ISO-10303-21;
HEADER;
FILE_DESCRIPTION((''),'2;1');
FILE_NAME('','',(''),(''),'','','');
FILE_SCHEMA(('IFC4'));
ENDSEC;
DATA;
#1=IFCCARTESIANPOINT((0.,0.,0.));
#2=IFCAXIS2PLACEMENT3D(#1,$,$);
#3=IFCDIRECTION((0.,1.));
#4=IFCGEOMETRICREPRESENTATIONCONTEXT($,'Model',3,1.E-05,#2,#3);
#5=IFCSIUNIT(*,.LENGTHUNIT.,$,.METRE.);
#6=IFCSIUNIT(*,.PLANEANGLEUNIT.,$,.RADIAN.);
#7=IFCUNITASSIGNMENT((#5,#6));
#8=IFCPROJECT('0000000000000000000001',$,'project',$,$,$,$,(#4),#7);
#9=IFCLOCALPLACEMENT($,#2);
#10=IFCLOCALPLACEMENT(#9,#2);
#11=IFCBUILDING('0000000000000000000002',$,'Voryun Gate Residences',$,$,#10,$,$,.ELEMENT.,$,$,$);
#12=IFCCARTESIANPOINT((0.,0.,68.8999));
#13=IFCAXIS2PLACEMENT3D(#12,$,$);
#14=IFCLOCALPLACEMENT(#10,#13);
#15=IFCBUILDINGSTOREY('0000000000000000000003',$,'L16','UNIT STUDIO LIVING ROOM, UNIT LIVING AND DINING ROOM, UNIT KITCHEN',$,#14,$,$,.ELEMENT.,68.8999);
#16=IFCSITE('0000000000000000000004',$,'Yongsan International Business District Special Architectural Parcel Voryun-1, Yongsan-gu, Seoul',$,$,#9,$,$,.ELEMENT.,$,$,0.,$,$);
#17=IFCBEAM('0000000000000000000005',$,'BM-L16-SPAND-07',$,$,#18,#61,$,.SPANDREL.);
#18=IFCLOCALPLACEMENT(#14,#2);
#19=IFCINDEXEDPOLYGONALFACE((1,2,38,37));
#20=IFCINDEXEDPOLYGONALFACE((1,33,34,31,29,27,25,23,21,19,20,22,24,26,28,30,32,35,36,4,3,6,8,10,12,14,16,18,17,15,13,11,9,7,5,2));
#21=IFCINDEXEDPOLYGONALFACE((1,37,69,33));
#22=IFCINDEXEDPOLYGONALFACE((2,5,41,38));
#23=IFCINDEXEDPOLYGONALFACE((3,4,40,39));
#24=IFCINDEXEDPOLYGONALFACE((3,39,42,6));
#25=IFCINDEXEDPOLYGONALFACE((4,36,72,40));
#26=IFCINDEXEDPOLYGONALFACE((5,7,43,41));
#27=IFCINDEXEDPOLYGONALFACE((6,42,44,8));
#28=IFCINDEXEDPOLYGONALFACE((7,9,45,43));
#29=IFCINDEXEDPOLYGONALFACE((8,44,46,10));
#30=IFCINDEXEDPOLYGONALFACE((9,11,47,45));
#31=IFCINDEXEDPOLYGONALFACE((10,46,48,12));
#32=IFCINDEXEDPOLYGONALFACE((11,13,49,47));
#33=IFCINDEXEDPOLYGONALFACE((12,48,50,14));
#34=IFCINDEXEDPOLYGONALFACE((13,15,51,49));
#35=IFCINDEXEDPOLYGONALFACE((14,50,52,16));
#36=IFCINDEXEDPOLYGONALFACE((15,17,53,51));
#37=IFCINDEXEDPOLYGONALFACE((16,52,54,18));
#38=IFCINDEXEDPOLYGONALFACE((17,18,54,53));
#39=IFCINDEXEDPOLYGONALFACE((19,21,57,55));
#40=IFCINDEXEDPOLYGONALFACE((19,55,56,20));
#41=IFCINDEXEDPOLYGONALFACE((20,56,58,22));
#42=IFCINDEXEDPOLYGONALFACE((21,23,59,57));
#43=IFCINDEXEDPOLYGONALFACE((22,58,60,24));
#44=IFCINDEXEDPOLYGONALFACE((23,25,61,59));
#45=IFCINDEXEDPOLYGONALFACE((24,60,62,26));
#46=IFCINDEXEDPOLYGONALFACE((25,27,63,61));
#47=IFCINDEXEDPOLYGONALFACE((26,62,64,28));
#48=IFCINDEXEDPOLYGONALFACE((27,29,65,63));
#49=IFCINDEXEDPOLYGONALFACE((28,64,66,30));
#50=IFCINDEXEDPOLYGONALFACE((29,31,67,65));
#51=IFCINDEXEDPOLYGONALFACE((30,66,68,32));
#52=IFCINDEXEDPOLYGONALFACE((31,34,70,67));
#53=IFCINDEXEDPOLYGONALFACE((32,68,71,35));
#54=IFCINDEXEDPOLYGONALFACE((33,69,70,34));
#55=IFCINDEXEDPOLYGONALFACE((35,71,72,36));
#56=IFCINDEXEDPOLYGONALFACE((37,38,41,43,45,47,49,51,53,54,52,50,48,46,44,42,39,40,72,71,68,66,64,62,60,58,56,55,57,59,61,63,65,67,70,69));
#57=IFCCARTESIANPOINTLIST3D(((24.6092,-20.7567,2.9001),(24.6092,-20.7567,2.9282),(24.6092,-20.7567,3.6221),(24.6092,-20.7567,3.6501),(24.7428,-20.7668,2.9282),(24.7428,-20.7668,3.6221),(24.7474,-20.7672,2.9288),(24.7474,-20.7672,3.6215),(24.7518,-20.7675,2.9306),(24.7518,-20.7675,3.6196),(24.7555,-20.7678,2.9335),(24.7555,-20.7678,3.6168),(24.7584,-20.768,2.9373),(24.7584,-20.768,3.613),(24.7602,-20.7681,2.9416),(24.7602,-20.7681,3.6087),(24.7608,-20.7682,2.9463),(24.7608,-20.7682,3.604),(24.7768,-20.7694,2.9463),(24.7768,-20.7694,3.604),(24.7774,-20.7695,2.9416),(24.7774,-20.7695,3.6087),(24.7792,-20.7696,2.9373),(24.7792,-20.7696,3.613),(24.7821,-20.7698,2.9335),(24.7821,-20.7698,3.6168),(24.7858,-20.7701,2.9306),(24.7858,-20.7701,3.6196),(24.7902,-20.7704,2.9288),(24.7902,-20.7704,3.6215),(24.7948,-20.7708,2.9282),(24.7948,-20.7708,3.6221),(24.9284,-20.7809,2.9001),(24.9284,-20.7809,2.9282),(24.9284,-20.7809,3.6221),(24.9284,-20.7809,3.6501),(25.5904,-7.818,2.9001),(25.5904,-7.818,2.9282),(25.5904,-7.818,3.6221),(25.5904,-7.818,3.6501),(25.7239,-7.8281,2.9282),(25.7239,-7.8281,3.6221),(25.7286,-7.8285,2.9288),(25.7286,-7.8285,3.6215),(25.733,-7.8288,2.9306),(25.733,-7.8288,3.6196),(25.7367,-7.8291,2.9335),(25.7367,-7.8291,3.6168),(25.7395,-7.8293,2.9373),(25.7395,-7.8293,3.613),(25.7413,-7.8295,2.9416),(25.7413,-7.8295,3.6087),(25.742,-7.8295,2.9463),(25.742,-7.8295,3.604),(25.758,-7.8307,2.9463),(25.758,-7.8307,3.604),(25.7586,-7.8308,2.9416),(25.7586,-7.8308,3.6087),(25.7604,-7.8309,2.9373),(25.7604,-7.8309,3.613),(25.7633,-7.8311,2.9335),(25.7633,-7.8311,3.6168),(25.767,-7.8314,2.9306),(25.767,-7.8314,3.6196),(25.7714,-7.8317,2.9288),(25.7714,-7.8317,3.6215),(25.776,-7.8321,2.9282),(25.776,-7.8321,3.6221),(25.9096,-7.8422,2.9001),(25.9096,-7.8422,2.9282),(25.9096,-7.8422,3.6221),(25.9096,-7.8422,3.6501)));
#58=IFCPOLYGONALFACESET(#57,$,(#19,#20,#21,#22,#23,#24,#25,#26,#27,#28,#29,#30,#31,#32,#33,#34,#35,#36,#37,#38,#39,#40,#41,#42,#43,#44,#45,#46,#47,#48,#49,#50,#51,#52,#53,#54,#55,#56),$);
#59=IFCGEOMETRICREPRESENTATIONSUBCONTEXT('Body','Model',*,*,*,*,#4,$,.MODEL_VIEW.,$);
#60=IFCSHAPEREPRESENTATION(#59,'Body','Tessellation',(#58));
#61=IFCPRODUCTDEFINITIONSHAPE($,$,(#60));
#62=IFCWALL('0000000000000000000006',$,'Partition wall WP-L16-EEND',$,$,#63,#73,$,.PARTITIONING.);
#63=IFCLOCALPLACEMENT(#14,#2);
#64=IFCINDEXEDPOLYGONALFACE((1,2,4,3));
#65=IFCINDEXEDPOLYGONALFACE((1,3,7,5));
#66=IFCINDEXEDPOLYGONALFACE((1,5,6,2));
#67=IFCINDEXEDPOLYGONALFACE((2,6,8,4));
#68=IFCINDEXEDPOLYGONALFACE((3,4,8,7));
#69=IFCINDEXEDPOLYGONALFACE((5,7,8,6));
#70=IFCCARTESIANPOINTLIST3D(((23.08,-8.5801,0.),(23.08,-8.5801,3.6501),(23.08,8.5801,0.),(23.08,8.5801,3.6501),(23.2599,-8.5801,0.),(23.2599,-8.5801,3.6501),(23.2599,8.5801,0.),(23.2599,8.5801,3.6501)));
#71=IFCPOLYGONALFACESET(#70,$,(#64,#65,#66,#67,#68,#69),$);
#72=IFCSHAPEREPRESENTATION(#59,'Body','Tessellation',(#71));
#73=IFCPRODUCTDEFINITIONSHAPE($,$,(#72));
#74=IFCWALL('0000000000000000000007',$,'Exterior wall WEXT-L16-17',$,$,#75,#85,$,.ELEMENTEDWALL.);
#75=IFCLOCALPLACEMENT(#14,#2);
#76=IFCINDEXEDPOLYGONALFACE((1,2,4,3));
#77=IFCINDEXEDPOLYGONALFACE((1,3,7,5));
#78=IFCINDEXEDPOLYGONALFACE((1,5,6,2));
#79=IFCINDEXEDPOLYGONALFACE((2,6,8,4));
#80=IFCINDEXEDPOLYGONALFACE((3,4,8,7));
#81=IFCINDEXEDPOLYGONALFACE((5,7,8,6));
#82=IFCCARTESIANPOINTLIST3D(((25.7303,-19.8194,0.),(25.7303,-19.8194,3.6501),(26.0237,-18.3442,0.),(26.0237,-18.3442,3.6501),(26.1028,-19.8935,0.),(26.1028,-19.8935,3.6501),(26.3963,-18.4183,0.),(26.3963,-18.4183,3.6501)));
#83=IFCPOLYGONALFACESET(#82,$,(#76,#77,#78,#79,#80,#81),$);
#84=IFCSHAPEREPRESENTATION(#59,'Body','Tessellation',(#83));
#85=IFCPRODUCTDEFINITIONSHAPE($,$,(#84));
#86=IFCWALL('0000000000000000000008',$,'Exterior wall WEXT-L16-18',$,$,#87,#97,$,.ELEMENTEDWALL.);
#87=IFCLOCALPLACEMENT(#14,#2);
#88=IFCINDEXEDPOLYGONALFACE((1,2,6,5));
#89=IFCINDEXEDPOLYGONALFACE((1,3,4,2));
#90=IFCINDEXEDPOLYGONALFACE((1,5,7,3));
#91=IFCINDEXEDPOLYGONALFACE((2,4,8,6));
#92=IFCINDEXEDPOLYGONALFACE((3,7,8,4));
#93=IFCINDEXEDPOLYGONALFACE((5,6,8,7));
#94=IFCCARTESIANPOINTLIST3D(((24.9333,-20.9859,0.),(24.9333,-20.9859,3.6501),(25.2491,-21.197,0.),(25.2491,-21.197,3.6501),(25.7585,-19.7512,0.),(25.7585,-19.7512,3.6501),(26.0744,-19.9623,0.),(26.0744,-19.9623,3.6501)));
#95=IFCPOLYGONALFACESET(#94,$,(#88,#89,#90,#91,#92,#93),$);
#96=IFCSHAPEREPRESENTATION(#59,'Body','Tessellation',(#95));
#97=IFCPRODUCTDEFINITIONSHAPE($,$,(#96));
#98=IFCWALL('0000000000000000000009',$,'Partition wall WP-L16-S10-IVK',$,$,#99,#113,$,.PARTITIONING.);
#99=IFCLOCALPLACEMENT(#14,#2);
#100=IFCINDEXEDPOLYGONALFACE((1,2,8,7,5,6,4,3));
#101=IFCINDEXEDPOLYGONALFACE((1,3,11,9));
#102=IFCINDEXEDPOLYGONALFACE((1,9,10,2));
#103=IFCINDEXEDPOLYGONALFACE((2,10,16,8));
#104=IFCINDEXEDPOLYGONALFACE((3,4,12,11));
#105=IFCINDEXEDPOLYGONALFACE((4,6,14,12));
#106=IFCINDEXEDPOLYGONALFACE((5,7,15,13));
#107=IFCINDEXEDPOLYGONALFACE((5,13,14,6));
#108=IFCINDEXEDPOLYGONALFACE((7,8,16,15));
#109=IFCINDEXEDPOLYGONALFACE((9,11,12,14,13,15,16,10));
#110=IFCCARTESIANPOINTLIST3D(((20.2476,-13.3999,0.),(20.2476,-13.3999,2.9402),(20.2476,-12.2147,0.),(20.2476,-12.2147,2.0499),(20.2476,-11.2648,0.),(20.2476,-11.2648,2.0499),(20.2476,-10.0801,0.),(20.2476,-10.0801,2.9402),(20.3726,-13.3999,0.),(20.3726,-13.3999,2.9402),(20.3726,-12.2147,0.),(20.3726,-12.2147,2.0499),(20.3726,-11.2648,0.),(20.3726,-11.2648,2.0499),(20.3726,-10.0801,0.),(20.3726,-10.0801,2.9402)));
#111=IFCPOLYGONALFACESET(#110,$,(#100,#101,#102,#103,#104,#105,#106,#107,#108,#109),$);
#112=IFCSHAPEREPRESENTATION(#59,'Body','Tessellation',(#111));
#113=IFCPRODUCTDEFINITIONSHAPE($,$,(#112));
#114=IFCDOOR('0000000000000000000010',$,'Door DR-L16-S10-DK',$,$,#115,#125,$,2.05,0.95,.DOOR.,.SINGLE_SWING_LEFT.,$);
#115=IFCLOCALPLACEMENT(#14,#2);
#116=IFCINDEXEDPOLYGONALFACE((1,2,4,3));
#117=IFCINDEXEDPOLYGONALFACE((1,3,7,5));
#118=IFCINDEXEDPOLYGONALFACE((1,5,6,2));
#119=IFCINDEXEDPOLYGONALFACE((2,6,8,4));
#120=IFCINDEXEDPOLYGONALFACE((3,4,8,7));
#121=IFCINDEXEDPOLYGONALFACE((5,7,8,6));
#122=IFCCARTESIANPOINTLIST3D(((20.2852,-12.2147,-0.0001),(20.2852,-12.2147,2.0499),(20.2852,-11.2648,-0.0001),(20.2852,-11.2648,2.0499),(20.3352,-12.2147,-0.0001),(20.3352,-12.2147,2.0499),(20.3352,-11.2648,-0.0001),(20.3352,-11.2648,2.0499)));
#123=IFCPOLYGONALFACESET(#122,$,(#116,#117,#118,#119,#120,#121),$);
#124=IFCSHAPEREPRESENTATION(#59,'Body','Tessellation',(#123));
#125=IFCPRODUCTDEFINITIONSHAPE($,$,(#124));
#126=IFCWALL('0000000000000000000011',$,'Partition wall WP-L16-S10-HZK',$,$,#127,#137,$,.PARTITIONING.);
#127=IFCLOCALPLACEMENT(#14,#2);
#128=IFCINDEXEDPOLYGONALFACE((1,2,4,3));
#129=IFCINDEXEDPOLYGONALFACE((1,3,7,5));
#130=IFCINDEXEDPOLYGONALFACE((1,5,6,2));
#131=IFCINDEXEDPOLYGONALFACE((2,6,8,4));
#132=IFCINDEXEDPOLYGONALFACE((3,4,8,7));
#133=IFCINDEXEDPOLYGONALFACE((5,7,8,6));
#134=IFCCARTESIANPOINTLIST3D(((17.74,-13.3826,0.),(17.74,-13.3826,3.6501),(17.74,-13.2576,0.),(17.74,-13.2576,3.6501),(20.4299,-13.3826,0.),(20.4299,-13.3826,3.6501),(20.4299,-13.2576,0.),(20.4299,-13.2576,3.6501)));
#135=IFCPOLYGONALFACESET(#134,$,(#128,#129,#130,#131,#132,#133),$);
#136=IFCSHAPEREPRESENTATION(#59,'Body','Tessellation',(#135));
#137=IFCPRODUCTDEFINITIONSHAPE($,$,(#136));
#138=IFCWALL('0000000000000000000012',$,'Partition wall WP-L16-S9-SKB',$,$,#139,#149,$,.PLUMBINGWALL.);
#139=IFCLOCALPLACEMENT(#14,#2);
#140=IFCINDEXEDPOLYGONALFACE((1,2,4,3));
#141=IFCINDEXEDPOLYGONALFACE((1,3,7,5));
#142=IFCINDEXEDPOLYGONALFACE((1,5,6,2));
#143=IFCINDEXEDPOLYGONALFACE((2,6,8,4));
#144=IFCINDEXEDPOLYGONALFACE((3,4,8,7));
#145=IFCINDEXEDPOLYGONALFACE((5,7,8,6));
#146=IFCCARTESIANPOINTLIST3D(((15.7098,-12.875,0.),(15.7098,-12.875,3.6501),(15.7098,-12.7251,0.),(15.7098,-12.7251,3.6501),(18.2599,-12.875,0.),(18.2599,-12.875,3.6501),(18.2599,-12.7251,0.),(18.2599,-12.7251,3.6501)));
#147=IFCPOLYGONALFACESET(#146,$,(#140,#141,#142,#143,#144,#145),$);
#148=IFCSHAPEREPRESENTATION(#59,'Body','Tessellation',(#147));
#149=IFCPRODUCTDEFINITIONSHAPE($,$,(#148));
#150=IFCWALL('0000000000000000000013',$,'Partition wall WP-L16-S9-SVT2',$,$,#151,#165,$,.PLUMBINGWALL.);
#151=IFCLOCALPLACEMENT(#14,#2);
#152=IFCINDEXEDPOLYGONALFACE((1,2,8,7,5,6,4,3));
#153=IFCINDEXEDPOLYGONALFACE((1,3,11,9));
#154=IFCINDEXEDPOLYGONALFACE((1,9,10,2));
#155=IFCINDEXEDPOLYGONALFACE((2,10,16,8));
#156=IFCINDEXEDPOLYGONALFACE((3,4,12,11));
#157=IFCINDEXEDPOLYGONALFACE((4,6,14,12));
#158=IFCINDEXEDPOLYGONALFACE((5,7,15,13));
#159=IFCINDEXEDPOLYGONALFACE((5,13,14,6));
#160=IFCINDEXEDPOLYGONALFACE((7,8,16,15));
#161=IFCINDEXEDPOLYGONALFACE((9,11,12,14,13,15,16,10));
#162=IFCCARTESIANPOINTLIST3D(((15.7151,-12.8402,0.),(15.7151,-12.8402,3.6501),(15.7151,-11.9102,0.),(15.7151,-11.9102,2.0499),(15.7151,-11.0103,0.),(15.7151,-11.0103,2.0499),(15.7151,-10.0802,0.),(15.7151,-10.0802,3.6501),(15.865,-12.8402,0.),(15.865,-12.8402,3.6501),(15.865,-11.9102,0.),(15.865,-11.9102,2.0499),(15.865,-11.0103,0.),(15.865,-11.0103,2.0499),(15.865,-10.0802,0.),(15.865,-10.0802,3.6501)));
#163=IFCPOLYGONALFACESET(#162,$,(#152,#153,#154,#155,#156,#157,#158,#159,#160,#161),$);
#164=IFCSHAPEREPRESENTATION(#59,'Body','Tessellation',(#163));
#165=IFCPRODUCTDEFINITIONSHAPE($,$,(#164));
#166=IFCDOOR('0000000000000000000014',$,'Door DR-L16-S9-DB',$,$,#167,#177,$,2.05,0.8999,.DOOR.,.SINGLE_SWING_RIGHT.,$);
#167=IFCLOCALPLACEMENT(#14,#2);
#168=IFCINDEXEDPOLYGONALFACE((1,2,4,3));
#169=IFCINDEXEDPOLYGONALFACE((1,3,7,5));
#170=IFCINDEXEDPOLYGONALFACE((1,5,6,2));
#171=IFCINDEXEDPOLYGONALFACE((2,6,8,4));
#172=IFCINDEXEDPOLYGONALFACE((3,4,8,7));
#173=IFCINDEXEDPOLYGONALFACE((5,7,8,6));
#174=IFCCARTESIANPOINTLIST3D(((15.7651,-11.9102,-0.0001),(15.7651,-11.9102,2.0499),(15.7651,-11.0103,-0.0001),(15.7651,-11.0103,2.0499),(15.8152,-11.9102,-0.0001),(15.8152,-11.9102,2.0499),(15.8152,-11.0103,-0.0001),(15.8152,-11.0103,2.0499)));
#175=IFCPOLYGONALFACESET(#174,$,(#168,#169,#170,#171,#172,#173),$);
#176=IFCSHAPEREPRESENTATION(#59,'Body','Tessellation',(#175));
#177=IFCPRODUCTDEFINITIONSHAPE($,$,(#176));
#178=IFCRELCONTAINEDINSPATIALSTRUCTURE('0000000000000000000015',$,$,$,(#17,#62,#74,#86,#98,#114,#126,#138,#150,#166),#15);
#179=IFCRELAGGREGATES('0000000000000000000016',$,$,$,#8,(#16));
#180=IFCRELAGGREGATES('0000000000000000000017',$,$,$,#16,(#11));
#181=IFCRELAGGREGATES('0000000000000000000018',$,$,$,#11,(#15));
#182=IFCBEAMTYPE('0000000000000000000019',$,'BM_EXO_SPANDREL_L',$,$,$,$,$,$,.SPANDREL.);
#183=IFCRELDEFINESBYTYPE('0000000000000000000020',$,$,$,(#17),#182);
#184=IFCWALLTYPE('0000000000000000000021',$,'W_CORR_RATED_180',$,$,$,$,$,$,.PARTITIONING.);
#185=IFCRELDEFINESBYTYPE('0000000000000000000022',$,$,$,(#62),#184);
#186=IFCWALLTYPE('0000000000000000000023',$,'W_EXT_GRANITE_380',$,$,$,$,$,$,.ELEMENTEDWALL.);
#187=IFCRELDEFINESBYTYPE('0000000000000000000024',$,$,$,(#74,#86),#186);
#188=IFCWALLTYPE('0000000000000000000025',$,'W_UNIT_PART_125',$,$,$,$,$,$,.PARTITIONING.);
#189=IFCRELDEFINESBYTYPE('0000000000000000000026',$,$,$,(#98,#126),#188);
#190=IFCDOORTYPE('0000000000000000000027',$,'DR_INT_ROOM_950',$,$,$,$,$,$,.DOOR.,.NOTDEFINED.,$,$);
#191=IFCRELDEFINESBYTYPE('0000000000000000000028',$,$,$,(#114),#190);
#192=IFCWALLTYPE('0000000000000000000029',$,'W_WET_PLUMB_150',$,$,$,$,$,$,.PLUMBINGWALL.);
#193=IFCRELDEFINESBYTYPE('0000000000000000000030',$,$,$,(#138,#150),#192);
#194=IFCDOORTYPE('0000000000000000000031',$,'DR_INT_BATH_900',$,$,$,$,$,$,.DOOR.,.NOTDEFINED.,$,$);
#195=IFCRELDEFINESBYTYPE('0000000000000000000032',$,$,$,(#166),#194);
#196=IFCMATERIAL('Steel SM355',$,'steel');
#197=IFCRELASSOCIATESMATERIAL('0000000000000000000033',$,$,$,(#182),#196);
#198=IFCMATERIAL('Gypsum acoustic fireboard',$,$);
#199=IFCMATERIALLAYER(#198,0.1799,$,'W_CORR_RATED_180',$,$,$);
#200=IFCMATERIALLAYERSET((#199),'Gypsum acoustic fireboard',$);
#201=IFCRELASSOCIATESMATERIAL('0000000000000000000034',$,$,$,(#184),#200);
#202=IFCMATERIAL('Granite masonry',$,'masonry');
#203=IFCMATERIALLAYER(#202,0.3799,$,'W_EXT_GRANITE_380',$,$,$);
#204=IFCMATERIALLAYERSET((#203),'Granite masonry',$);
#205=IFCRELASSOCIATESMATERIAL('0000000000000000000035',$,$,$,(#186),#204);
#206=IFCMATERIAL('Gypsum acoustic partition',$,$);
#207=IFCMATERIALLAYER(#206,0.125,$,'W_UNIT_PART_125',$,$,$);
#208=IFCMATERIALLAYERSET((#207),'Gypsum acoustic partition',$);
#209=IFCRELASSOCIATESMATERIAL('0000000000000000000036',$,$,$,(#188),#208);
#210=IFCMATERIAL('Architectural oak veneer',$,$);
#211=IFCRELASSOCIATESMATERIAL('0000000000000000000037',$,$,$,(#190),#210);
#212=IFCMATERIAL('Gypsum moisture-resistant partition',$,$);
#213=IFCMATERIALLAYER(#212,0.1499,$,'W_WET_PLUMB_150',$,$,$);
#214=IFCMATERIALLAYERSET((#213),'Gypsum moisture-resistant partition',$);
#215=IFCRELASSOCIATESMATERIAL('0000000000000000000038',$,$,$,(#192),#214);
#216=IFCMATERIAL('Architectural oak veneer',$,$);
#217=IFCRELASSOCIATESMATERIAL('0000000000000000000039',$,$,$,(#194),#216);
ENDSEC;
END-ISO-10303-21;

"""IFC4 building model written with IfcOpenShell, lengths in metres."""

from ifc_helpers import new_model, si_unit, direction, frame, frame_2d, origin, origin_2d, place, context, subcontext, project, spatial, rectangle, i_section, extrude, material, layer, layer_set, material_profile, profile_set, type_object, element, fill, save


model = new_model("IFC4")

# Units and contexts
model_context = context("Model", 3, precision=1e-05, world=origin(), true_north=direction((0.0, 1.0)))
body_context = subcontext(model_context, "Body", "Model", "MODEL_VIEW")
ifc_project = project(units=[si_unit("LENGTHUNIT", "METRE"), si_unit("PLANEANGLEUNIT", "RADIAN")], contexts=[model_context])

# Site, building, storey
site_placement = place(None, origin())
site = spatial("IfcSite", under=ifc_project, at=site_placement, Name="Yongsan International Business District Special Architectural Parcel Voryun-1, Yongsan-gu, Seoul", CompositionType="ELEMENT", RefElevation=0.0)
building_placement = place(site_placement, origin())
building = spatial("IfcBuilding", under=site, at=building_placement, Name="Voryun Gate Residences", CompositionType="ELEMENT")
storey_placement = place(building_placement, frame((0.0, 0.0, 68.8999)))
storey = spatial("IfcBuildingStorey", under=building, at=storey_placement, Name="L16", Description="UNIT STUDIO LIVING ROOM, UNIT LIVING AND DINING ROOM, UNIT KITCHEN", CompositionType="ELEMENT", Elevation=68.8999)

# Beam
ifc_material_1 = material(Name="Steel SM355", Category="steel")
ifc_material_profile = material_profile(ifc_material_1, i_section(OverallWidth=0.3201, OverallDepth=0.75, WebThickness=0.0161, FlangeThickness=0.0281, FilletRadius=0.0181, at=origin_2d()), Name="H-750x320x16x28")
ifc_profile_set = profile_set([ifc_material_profile], Name="Steel SM355")
beam_type = type_object("IfcBeamType", Name="BM_EXO_SPANDREL_L", PredefinedType="SPANDREL", material=ifc_profile_set)
beam_placement = place(storey_placement, frame((24.7688, -20.7688, 3.2751), z_axis=(0.075617, 0.997137, 0.0), x_axis=(-0.997137, 0.075617, 0.0)))
element("IfcBeam", 1, at=beam_placement, inside=storey, type_object=beam_type, Name="BM-L16-SPAND-07", PredefinedType="SPANDREL", context=body_context, shape_type="SweptSolid", body=[
    extrude(i_section(OverallWidth=0.3201, OverallDepth=0.75, WebThickness=0.0161, FlangeThickness=0.0281, FilletRadius=0.0181, at=origin_2d()), origin(), (0.0, 0.0, 1.0), 12.9758),
])

# Walls
ifc_material_2 = material(Name="Gypsum acoustic fireboard")
ifc_layer_1 = layer(ifc_material_2, 0.1799, Name="W_CORR_RATED_180")
ifc_layer_set_1 = layer_set([ifc_layer_1], Name="Gypsum acoustic fireboard")
wall_type_1 = type_object("IfcWallType", Name="W_CORR_RATED_180", PredefinedType="PARTITIONING", material=ifc_layer_set_1)
wall_1_placement = place(storey_placement, frame((23.1699, -8.5801, 0.0), z_axis=(0.0, 0.0, 1.0), x_axis=(0.0, 1.0, 0.0)))
element("IfcWall", 2, at=wall_1_placement, inside=storey, type_object=wall_type_1, Name="Partition wall WP-L16-EEND", PredefinedType="PARTITIONING", context=body_context, shape_type="SweptSolid", body=[
    extrude(rectangle(XDim=17.1602, YDim=0.1799, at=frame_2d((8.5801, 0.0))), origin(), (0.0, 0.0, 1.0), 3.6501),
])
ifc_material_3 = material(Name="Granite masonry", Category="masonry")
ifc_layer_2 = layer(ifc_material_3, 0.3799, Name="W_EXT_GRANITE_380")
ifc_layer_set_2 = layer_set([ifc_layer_2], Name="Granite masonry")
wall_type_2 = type_object("IfcWallType", Name="W_EXT_GRANITE_380", PredefinedType="ELEMENTEDWALL", material=ifc_layer_set_2)
wall_2_placement = place(storey_placement, frame((26.21, -18.3813, 0.0), z_axis=(0.0, 0.0, 1.0), x_axis=(-0.195086, -0.980786, 0.0)))
element("IfcWall", 3, at=wall_2_placement, inside=storey, type_object=wall_type_2, Name="Exterior wall WEXT-L16-17", PredefinedType="ELEMENTEDWALL", context=body_context, shape_type="SweptSolid", body=[
    extrude(rectangle(XDim=1.5042, YDim=0.3799, at=frame_2d((0.752, 0.0))), origin(), (0.0, 0.0, 1.0), 3.6501),
])
wall_3_placement = place(storey_placement, frame((25.9165, -19.8567, 0.0), z_axis=(0.0, 0.0, 1.0), x_axis=(-0.555686, -0.831392, 0.0)))
element("IfcWall", 4, at=wall_3_placement, inside=storey, type_object=wall_type_2, Name="Exterior wall WEXT-L16-18", PredefinedType="ELEMENTEDWALL", context=body_context, shape_type="SweptSolid", body=[
    extrude(rectangle(XDim=1.4851, YDim=0.3799, at=frame_2d((0.7427, 0.0))), origin(), (0.0, 0.0, 1.0), 3.6501),
])

# Wall, opening, door
ifc_material_4 = material(Name="Gypsum acoustic partition")
ifc_layer_3 = layer(ifc_material_4, 0.125, Name="W_UNIT_PART_125")
ifc_layer_set_3 = layer_set([ifc_layer_3], Name="Gypsum acoustic partition")
wall_type_3 = type_object("IfcWallType", Name="W_UNIT_PART_125", PredefinedType="PARTITIONING", material=ifc_layer_set_3)
wall_4_placement = place(storey_placement, frame((20.3101, -13.3999, 0.0), z_axis=(0.0, 0.0, 1.0), x_axis=(0.0, 1.0, 0.0)))
wall_4 = element("IfcWall", 5, at=wall_4_placement, inside=storey, type_object=wall_type_3, Name="Partition wall WP-L16-S10-IVK", PredefinedType="PARTITIONING", context=body_context, shape_type="SweptSolid", body=[
    extrude(rectangle(XDim=3.3198, YDim=0.125, at=frame_2d((1.6599, 0.0))), origin(), (0.0, 0.0, 1.0), 2.9402),
])
opening_1_placement = place(wall_4_placement, frame((1.1851, 0.0, 0.0)))
opening_1 = element("IfcOpeningElement", 6, at=opening_1_placement, cuts=wall_4, PredefinedType="OPENING", context=body_context, shape_type="SweptSolid", body=[
    extrude(rectangle(XDim=0.95, YDim=2.05, at=frame_2d((0.4751, 1.0249))), frame((0.0, 0.0725, 0.0), z_axis=(0.0, -1.0, 0.0), x_axis=(1.0, 0.0, 0.0)), (0.0, 0.0, 1.0), 0.145),
])
ifc_material_5 = material(Name="Architectural oak veneer")
door_type_1 = type_object("IfcDoorType", Name="DR_INT_ROOM_950", OperationType="NOTDEFINED", PredefinedType="DOOR", material=ifc_material_5)
door_1_placement = place(opening_1_placement, origin())
door_1 = element("IfcDoor", 7, at=door_1_placement, inside=storey, type_object=door_type_1, Name="Door DR-L16-S10-DK", OperationType="SINGLE_SWING_LEFT", OverallHeight=2.05, OverallWidth=0.95, PredefinedType="DOOR", context=body_context, shape_type="SweptSolid", body=[
    extrude(rectangle(XDim=0.95, YDim=2.05, at=frame_2d((0.4751, 1.0249))), frame((0.0, 0.0249, 0.0), z_axis=(0.0, -1.0, 0.0), x_axis=(1.0, 0.0, 0.0)), (0.0, 0.0, 1.0), 0.05),
])
fill(opening_1, door_1)

# Walls
wall_5_placement = place(storey_placement, frame((17.74, -13.3201, 0.0), z_axis=(0.0, 0.0, 1.0), x_axis=(1.0, 0.0, 0.0)))
element("IfcWall", 8, at=wall_5_placement, inside=storey, type_object=wall_type_3, Name="Partition wall WP-L16-S10-HZK", PredefinedType="PARTITIONING", context=body_context, shape_type="SweptSolid", body=[
    extrude(rectangle(XDim=2.6899, YDim=0.125, at=frame_2d((1.345, 0.0))), origin(), (0.0, 0.0, 1.0), 3.6501),
])
ifc_material_6 = material(Name="Gypsum moisture-resistant partition")
ifc_layer_4 = layer(ifc_material_6, 0.1499, Name="W_WET_PLUMB_150")
ifc_layer_set_4 = layer_set([ifc_layer_4], Name="Gypsum moisture-resistant partition")
wall_type_4 = type_object("IfcWallType", Name="W_WET_PLUMB_150", PredefinedType="PLUMBINGWALL", material=ifc_layer_set_4)
wall_6_placement = place(storey_placement, frame((15.71, -12.8, 0.0), z_axis=(0.0, 0.0, 1.0), x_axis=(1.0, 0.0, 0.0)))
element("IfcWall", 9, at=wall_6_placement, inside=storey, type_object=wall_type_4, Name="Partition wall WP-L16-S9-SKB", PredefinedType="PLUMBINGWALL", context=body_context, shape_type="SweptSolid", body=[
    extrude(rectangle(XDim=2.55, YDim=0.1499, at=frame_2d((1.2749, 0.0))), origin(), (0.0, 0.0, 1.0), 3.6501),
])

# Wall, opening, door
wall_7_placement = place(storey_placement, frame((15.79, -12.8401, 0.0), z_axis=(0.0, 0.0, 1.0), x_axis=(0.0, 1.0, 0.0)))
wall_7 = element("IfcWall", 10, at=wall_7_placement, inside=storey, type_object=wall_type_4, Name="Partition wall WP-L16-S9-SVT2", PredefinedType="PLUMBINGWALL", context=body_context, shape_type="SweptSolid", body=[
    extrude(rectangle(XDim=2.76, YDim=0.1499, at=frame_2d((1.3799, 0.0))), origin(), (0.0, 0.0, 1.0), 3.6501),
])
opening_2_placement = place(wall_7_placement, frame((0.9299, 0.0, 0.0)))
opening_2 = element("IfcOpeningElement", 11, at=opening_2_placement, cuts=wall_7, PredefinedType="OPENING", context=body_context, shape_type="SweptSolid", body=[
    extrude(rectangle(XDim=0.8999, YDim=2.05, at=frame_2d((0.45, 1.0249))), frame((0.0, 0.085, 0.0), z_axis=(0.0, -1.0, 0.0), x_axis=(1.0, 0.0, 0.0)), (0.0, 0.0, 1.0), 0.1699),
])
ifc_material_7 = material(Name="Architectural oak veneer")
door_type_2 = type_object("IfcDoorType", Name="DR_INT_BATH_900", OperationType="NOTDEFINED", PredefinedType="DOOR", material=ifc_material_7)
door_2_placement = place(opening_2_placement, origin())
door_2 = element("IfcDoor", 12, at=door_2_placement, inside=storey, type_object=door_type_2, Name="Door DR-L16-S9-DB", OperationType="SINGLE_SWING_RIGHT", OverallHeight=2.05, OverallWidth=0.8999, PredefinedType="DOOR", context=body_context, shape_type="SweptSolid", body=[
    extrude(rectangle(XDim=0.8999, YDim=2.05, at=frame_2d((0.45, 1.0249))), frame((0.0, 0.0249, 0.0), z_axis=(0.0, -1.0, 0.0), x_axis=(1.0, 0.0, 0.0)), (0.0, 0.0, 1.0), 0.05),
])
fill(opening_2, door_2)

save(model, "model.ifc")
